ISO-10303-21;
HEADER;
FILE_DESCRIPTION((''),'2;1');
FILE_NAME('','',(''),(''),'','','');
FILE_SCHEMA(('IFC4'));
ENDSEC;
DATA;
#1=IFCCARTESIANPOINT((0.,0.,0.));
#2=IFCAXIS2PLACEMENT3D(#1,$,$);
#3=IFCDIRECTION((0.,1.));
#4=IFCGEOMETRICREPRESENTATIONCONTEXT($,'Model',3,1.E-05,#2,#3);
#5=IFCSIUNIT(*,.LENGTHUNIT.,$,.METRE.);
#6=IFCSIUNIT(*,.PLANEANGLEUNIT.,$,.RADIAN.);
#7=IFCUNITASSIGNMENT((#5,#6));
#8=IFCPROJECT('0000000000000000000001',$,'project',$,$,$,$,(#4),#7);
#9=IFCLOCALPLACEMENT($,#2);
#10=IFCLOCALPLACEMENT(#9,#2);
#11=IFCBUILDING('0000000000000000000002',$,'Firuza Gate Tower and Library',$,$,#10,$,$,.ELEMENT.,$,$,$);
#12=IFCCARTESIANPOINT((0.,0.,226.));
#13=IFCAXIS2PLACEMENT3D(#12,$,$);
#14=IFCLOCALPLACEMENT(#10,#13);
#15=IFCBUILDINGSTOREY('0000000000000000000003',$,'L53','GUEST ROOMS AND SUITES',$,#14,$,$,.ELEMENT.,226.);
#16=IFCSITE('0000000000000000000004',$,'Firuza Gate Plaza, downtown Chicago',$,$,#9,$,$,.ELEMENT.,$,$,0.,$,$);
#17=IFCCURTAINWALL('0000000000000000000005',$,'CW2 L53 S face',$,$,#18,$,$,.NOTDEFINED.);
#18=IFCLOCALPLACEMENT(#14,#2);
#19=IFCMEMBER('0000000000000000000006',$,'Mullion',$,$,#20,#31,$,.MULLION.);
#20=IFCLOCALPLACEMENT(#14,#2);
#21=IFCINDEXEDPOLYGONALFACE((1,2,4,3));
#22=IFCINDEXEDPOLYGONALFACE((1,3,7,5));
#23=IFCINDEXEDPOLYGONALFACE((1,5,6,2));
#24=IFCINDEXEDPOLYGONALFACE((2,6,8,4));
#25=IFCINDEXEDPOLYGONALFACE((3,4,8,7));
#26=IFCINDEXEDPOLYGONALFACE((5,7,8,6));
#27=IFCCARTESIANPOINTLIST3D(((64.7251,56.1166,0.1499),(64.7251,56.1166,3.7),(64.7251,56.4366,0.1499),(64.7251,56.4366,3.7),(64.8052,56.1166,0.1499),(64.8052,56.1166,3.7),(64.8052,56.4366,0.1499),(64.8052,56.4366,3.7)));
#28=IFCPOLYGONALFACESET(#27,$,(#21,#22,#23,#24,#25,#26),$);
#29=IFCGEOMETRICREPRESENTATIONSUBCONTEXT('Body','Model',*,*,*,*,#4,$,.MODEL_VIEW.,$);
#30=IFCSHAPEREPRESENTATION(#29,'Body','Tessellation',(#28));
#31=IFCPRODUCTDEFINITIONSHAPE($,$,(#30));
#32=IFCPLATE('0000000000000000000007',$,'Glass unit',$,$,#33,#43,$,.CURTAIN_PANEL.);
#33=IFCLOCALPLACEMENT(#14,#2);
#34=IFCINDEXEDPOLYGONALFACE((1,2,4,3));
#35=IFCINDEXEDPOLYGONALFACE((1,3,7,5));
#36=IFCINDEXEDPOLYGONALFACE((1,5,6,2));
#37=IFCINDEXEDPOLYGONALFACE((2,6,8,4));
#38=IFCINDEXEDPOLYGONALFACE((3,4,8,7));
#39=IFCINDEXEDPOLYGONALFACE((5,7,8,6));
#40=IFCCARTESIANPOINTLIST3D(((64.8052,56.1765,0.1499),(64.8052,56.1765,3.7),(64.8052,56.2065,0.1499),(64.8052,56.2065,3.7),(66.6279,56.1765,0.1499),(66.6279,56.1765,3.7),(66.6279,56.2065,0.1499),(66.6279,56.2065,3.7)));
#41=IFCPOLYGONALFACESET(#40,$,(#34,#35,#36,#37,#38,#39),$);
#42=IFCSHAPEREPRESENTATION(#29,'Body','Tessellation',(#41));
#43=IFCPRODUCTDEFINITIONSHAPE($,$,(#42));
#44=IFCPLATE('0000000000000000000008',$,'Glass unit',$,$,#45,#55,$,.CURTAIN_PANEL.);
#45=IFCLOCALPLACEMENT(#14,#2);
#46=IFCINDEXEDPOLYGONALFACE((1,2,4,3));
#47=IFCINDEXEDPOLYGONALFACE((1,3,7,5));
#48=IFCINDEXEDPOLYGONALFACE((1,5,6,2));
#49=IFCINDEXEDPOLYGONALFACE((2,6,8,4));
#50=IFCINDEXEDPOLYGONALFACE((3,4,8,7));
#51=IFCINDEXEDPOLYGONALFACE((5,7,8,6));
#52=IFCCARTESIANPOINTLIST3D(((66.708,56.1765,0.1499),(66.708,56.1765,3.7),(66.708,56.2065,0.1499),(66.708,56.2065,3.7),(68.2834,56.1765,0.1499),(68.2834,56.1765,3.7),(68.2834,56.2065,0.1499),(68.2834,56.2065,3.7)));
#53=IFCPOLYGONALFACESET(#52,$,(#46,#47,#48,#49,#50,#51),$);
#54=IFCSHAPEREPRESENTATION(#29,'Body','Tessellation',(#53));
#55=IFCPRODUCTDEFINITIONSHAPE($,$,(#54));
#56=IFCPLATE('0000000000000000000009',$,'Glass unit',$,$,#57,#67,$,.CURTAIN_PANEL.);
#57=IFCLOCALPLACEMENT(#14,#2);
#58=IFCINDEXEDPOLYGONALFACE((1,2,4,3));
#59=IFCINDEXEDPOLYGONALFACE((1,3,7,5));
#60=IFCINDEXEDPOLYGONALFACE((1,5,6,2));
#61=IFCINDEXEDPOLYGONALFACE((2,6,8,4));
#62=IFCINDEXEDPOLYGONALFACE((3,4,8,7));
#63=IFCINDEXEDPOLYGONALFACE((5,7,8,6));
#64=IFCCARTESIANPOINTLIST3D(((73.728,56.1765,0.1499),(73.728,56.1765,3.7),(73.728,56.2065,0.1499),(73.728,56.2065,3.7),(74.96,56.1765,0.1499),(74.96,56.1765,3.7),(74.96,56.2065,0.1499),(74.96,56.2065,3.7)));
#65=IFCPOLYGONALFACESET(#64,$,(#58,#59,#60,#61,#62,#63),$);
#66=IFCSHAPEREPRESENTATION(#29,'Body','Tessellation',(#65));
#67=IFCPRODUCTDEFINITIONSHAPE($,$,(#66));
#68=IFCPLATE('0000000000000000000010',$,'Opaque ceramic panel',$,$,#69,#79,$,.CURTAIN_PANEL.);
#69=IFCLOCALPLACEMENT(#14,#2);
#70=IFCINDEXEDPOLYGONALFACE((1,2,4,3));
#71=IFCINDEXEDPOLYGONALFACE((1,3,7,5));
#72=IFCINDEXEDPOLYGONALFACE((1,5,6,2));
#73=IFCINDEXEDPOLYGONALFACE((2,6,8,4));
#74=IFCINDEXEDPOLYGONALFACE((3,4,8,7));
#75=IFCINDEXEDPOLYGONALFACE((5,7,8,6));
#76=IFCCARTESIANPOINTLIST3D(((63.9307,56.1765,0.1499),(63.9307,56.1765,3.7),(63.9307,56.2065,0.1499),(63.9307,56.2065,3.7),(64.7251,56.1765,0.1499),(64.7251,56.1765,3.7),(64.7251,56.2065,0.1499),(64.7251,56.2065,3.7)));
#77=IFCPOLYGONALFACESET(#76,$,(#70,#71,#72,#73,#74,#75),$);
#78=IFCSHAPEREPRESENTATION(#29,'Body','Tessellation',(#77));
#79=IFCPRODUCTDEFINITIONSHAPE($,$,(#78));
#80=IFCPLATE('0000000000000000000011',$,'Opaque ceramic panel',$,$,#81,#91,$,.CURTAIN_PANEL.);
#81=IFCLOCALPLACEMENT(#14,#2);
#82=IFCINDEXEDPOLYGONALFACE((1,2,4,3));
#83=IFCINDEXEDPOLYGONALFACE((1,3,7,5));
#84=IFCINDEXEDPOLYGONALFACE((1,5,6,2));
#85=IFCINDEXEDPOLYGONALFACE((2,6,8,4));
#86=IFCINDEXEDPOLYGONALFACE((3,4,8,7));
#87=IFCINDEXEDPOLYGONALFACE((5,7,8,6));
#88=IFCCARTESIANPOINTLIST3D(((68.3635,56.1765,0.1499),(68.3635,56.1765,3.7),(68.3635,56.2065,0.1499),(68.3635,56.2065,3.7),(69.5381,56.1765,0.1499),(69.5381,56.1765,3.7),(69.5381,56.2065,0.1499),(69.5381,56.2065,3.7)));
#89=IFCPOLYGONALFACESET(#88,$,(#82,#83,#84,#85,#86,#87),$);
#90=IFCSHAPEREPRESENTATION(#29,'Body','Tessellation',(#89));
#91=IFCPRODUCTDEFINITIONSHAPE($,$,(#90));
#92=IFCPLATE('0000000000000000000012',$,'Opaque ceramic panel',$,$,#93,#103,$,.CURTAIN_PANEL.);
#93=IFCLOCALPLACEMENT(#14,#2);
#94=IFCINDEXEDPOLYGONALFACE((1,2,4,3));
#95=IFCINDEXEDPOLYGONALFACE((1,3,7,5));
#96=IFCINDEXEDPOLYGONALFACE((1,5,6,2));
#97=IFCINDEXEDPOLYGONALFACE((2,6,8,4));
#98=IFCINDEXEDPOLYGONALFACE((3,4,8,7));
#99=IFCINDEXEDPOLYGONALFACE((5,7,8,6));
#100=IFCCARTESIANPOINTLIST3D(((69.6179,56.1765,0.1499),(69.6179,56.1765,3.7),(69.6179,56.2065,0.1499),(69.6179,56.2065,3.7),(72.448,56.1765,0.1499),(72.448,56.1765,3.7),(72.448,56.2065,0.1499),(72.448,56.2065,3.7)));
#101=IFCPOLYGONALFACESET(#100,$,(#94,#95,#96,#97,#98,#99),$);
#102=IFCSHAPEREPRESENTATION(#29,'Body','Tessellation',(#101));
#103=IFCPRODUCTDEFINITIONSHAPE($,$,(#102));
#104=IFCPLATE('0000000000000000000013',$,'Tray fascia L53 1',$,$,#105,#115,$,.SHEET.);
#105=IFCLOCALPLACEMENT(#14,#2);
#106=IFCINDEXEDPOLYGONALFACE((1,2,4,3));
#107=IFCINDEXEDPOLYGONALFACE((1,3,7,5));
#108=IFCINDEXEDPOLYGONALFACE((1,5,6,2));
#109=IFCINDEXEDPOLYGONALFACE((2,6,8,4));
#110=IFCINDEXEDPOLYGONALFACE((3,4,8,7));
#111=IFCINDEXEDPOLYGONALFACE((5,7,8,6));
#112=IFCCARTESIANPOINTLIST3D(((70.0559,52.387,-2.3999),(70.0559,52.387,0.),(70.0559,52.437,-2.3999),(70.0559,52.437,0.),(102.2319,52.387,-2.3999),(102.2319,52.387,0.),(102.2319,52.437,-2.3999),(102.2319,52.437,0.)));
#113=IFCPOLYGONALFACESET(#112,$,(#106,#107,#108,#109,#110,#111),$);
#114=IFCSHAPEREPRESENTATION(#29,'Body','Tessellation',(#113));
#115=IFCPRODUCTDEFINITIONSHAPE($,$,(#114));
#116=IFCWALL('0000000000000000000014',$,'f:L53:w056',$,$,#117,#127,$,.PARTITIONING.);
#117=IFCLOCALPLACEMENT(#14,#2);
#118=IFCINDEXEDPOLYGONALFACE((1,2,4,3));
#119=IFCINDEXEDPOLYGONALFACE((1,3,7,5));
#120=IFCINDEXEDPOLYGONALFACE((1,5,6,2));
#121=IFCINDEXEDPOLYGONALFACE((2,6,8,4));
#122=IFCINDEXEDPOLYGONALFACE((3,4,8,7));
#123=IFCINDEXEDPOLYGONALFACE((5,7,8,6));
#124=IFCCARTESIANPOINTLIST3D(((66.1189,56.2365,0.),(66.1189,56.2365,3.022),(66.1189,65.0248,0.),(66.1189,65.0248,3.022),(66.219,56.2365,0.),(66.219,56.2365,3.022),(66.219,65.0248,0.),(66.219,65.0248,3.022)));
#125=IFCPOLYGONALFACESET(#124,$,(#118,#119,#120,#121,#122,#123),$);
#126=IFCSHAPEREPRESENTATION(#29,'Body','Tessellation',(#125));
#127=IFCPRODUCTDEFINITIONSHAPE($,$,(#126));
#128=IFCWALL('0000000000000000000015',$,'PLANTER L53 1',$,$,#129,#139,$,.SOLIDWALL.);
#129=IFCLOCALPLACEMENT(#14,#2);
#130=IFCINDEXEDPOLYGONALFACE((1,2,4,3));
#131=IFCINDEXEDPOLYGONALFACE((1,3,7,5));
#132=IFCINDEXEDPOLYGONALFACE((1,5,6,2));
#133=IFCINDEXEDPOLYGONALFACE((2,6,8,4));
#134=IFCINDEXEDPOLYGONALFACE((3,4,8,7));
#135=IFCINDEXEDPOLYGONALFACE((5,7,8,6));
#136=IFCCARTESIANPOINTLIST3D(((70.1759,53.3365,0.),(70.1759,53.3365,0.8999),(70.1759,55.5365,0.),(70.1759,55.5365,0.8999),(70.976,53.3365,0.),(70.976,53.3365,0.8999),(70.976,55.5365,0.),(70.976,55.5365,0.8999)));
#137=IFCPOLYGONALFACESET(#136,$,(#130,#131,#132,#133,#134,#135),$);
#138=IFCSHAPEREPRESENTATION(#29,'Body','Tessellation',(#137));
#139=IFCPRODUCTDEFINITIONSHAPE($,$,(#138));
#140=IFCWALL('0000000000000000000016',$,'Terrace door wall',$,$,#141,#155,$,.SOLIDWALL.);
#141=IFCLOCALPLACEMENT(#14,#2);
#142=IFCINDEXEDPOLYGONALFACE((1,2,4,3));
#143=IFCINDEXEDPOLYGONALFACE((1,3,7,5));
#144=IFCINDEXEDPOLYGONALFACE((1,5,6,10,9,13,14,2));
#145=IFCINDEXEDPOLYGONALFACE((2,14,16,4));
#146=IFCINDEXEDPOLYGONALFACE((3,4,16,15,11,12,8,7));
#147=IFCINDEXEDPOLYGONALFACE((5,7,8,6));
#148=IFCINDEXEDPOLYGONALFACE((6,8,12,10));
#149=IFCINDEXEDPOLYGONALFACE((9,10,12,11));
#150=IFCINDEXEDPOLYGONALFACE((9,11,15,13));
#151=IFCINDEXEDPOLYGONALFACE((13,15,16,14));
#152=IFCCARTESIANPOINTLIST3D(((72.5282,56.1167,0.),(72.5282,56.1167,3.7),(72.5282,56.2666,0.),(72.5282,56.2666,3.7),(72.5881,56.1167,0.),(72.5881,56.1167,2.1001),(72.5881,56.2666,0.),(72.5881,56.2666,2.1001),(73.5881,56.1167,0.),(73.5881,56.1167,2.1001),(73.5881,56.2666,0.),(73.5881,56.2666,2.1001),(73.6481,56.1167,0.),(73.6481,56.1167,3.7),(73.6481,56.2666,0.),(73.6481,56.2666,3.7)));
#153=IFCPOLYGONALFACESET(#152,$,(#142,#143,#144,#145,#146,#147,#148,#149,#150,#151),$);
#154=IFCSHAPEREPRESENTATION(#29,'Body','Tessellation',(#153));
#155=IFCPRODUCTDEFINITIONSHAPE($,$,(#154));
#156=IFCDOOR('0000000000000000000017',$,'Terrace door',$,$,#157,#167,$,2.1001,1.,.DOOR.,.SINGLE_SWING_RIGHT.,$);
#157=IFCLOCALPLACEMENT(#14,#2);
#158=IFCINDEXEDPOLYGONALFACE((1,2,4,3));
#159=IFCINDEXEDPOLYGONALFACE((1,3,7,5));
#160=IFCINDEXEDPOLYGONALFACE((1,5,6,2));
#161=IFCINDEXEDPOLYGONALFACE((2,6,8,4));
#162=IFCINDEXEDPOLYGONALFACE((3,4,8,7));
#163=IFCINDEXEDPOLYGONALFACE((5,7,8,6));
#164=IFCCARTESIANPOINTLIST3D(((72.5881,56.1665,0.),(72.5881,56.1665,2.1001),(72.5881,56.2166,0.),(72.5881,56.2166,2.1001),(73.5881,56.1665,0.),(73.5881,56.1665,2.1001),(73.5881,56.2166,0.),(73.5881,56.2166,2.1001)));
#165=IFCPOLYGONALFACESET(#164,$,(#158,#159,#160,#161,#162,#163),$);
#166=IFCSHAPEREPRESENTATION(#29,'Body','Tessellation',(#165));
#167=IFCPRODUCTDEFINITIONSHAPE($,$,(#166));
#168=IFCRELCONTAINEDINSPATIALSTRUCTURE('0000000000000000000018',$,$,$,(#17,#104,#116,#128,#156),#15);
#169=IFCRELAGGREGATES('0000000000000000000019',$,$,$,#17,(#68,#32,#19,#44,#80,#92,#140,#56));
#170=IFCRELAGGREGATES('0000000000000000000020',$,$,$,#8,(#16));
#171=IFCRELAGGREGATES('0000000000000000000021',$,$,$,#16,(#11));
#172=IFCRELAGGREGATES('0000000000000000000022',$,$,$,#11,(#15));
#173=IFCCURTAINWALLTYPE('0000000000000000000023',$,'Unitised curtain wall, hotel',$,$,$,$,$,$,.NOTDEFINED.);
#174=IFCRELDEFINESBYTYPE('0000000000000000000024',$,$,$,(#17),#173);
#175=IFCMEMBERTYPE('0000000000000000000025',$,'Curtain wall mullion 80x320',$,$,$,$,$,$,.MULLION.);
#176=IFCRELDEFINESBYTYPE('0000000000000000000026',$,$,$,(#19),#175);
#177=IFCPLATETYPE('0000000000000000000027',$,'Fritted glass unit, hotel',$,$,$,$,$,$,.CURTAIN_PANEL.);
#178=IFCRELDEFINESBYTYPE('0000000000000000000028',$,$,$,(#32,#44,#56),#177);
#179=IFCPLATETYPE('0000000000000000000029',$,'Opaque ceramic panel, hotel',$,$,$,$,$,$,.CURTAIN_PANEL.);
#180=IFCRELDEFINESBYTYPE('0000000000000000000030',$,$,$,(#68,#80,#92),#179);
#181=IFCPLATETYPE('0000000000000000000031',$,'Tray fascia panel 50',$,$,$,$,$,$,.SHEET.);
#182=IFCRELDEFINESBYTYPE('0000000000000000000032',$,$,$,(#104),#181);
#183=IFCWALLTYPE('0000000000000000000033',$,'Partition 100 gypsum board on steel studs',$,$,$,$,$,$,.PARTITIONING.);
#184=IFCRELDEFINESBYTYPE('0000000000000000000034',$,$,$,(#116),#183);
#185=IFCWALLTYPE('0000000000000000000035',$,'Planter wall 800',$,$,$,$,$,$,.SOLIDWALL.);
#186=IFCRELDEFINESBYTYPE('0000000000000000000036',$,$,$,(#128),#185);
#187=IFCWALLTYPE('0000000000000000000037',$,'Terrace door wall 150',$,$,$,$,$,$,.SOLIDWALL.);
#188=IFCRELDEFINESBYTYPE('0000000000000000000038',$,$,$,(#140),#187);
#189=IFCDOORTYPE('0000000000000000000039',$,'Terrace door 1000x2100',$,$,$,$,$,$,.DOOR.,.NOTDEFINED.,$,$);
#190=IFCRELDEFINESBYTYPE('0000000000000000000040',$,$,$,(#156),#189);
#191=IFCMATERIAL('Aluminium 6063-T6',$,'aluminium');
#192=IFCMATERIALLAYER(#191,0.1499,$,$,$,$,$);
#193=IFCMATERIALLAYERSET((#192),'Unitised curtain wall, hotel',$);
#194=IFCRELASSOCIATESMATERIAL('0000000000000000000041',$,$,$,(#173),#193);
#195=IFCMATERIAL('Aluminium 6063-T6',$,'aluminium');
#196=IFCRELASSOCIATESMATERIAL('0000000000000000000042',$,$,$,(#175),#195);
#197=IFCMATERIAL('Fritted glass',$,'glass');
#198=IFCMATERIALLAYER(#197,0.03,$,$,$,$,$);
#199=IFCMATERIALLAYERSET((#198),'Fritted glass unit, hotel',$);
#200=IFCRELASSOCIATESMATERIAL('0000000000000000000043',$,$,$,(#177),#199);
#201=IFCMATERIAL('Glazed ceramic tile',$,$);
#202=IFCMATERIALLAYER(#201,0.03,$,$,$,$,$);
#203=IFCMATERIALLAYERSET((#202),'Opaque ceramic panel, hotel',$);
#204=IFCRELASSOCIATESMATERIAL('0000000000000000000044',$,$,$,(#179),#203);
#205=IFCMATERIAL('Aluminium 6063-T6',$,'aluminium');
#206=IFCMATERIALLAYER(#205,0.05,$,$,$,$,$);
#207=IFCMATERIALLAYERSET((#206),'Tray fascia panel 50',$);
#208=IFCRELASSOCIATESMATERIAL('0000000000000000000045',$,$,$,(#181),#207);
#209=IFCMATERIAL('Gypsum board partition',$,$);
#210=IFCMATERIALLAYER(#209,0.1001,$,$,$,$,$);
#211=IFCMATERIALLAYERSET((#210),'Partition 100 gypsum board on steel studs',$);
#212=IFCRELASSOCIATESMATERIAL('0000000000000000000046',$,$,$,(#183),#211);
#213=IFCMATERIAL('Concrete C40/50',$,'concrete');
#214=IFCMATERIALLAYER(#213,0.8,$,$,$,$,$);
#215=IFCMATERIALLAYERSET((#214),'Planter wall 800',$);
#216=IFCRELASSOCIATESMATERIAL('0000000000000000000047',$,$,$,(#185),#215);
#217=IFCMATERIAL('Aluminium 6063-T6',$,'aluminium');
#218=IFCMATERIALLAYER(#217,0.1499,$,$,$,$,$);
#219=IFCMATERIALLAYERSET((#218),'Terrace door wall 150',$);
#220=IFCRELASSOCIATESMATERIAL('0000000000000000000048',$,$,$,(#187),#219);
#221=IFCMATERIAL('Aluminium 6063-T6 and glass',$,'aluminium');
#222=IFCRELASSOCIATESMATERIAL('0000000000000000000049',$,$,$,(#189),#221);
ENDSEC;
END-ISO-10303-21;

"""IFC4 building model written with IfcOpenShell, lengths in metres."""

from ifc_helpers import new_model, si_unit, direction, frame, frame_2d, origin, origin_2d, place, context, subcontext, project, spatial, polyline, rectangle, outline, extrude, material, layer, layer_set, material_profile, profile_set, type_object, element, fill, aggregate, save


model = new_model("IFC4")

# Units and contexts
model_context = context("Model", 3, precision=1e-05, world=origin(), true_north=direction((0.0, 1.0)))
body_context = subcontext(model_context, "Body", "Model", "MODEL_VIEW")
ifc_project = project(units=[si_unit("LENGTHUNIT", "METRE"), si_unit("PLANEANGLEUNIT", "RADIAN")], contexts=[model_context])

# Site, building, storey
site_placement = place(None, origin())
site = spatial("IfcSite", under=ifc_project, at=site_placement, Name="Firuza Gate Plaza, downtown Chicago", CompositionType="ELEMENT", RefElevation=0.0)
building_placement = place(site_placement, origin())
building = spatial("IfcBuilding", under=site, at=building_placement, Name="Firuza Gate Tower and Library", CompositionType="ELEMENT")
storey_placement = place(building_placement, frame((0.0, 0.0, 226.0)))
storey = spatial("IfcBuildingStorey", under=building, at=storey_placement, Name="L53", Description="GUEST ROOMS AND SUITES", CompositionType="ELEMENT", Elevation=226.0)

# Curtain wall, member, plates
ifc_material_1 = material(Name="Aluminium 6063-T6", Category="aluminium")
ifc_layer_1 = layer(ifc_material_1, 0.1499)
ifc_layer_set_1 = layer_set([ifc_layer_1], Name="Unitised curtain wall, hotel")
curtain_wall_type = type_object("IfcCurtainWallType", Name="Unitised curtain wall, hotel", PredefinedType="NOTDEFINED", material=ifc_layer_set_1)
placement = place(storey_placement, origin())
curtain_wall = element("IfcCurtainWall", 1, at=placement, inside=storey, type_object=curtain_wall_type, Name="CW2 L53 S face", PredefinedType="NOTDEFINED")
ifc_material_2 = material(Name="Aluminium 6063-T6", Category="aluminium")
ifc_material_profile = material_profile(ifc_material_2, rectangle(XDim=0.3201, YDim=0.0801, at=origin_2d()))
ifc_profile_set = profile_set([ifc_material_profile], Name="Aluminium 6063-T6")
member_type = type_object("IfcMemberType", Name="Curtain wall mullion 80x320", PredefinedType="MULLION", material=ifc_profile_set)
member_placement = place(storey_placement, frame((64.7651, 56.2766, 0.1499), z_axis=(0.0, 0.0, 1.0), x_axis=(0.0, 1.0, 0.0)))
member = element("IfcMember", 2, at=member_placement, type_object=member_type, Name="Mullion", PredefinedType="MULLION", context=body_context, shape_type="SweptSolid", body=[
    extrude(rectangle(XDim=0.3201, YDim=0.0801, at=origin_2d()), origin(), (0.0, 0.0, 1.0), 3.55),
])
ifc_material_3 = material(Name="Fritted glass", Category="glass")
ifc_layer_2 = layer(ifc_material_3, 0.03)
ifc_layer_set_2 = layer_set([ifc_layer_2], Name="Fritted glass unit, hotel")
plate_type_1 = type_object("IfcPlateType", Name="Fritted glass unit, hotel", PredefinedType="CURTAIN_PANEL", material=ifc_layer_set_2)
plate_1_placement = place(storey_placement, frame((64.8052, 56.1765, 0.1499), z_axis=(0.0, -1.0, 0.0), x_axis=(1.0, 0.0, 0.0)))
plate_1 = element("IfcPlate", 3, at=plate_1_placement, type_object=plate_type_1, Name="Glass unit", PredefinedType="CURTAIN_PANEL", context=body_context, shape_type="SweptSolid", body=[
    extrude(outline(polyline([(0.0, 0.0), (1.8228, 0.0), (1.8228, 3.55), (0.0, 3.55), (0.0, 0.0)])), origin(), (0.0, 0.0, -1.0), 0.03),
])
plate_2_placement = place(storey_placement, frame((66.708, 56.1765, 0.1499), z_axis=(0.0, -1.0, 0.0), x_axis=(1.0, 0.0, 0.0)))
plate_2 = element("IfcPlate", 4, at=plate_2_placement, type_object=plate_type_1, Name="Glass unit", PredefinedType="CURTAIN_PANEL", context=body_context, shape_type="SweptSolid", body=[
    extrude(outline(polyline([(0.0, 0.0), (1.5754, 0.0), (1.5754, 3.55), (0.0, 3.55), (0.0, 0.0)])), origin(), (0.0, 0.0, -1.0), 0.03),
])
plate_3_placement = place(storey_placement, frame((73.728, 56.1765, 0.1499), z_axis=(0.0, -1.0, 0.0), x_axis=(1.0, 0.0, 0.0)))
plate_3 = element("IfcPlate", 5, at=plate_3_placement, type_object=plate_type_1, Name="Glass unit", PredefinedType="CURTAIN_PANEL", context=body_context, shape_type="SweptSolid", body=[
    extrude(outline(polyline([(0.0, 0.0), (1.2319, 0.0), (1.2319, 3.55), (0.0, 3.55), (0.0, 0.0)])), origin(), (0.0, 0.0, -1.0), 0.03),
])
ifc_material_4 = material(Name="Glazed ceramic tile")
ifc_layer_3 = layer(ifc_material_4, 0.03)
ifc_layer_set_3 = layer_set([ifc_layer_3], Name="Opaque ceramic panel, hotel")
plate_type_2 = type_object("IfcPlateType", Name="Opaque ceramic panel, hotel", PredefinedType="CURTAIN_PANEL", material=ifc_layer_set_3)
plate_4_placement = place(storey_placement, frame((63.9307, 56.1765, 0.1499), z_axis=(0.0, -1.0, 0.0), x_axis=(1.0, 0.0, 0.0)))
plate_4 = element("IfcPlate", 6, at=plate_4_placement, type_object=plate_type_2, Name="Opaque ceramic panel", PredefinedType="CURTAIN_PANEL", context=body_context, shape_type="SweptSolid", body=[
    extrude(outline(polyline([(0.0, 0.0), (0.7944, 0.0), (0.7944, 3.55), (0.0, 3.55), (0.0, 0.0)])), origin(), (0.0, 0.0, -1.0), 0.03),
])
plate_5_placement = place(storey_placement, frame((68.3635, 56.1765, 0.1499), z_axis=(0.0, -1.0, 0.0), x_axis=(1.0, 0.0, 0.0)))
plate_5 = element("IfcPlate", 7, at=plate_5_placement, type_object=plate_type_2, Name="Opaque ceramic panel", PredefinedType="CURTAIN_PANEL", context=body_context, shape_type="SweptSolid", body=[
    extrude(outline(polyline([(0.0, 0.0), (1.1746, 0.0), (1.1746, 3.55), (0.0, 3.55), (0.0, 0.0)])), origin(), (0.0, 0.0, -1.0), 0.03),
])
plate_6_placement = place(storey_placement, frame((69.6179, 56.1765, 0.1499), z_axis=(0.0, -1.0, 0.0), x_axis=(1.0, 0.0, 0.0)))
plate_6 = element("IfcPlate", 8, at=plate_6_placement, type_object=plate_type_2, Name="Opaque ceramic panel", PredefinedType="CURTAIN_PANEL", context=body_context, shape_type="SweptSolid", body=[
    extrude(outline(polyline([(0.0, 0.0), (2.8301, 0.0), (2.8301, 3.55), (0.0, 3.55), (0.0, 0.0)])), origin(), (0.0, 0.0, -1.0), 0.03),
])

# Plate
ifc_material_5 = material(Name="Aluminium 6063-T6", Category="aluminium")
ifc_layer_4 = layer(ifc_material_5, 0.05)
ifc_layer_set_4 = layer_set([ifc_layer_4], Name="Tray fascia panel 50")
plate_type_3 = type_object("IfcPlateType", Name="Tray fascia panel 50", PredefinedType="SHEET", material=ifc_layer_set_4)
plate_7_placement = place(storey_placement, frame((70.0559, 52.387, -2.3999), z_axis=(0.0, -1.0, 0.0), x_axis=(1.0, 0.0, 0.0)))
element("IfcPlate", 9, at=plate_7_placement, inside=storey, type_object=plate_type_3, Name="Tray fascia L53 1", PredefinedType="SHEET", context=body_context, shape_type="SweptSolid", body=[
    extrude(outline(polyline([(0.0, 0.0), (32.176, 0.0), (32.176, 2.3999), (0.0, 2.3999), (0.0, 0.0)])), origin(), (0.0, 0.0, -1.0), 0.05),
])

# Walls
ifc_material_6 = material(Name="Gypsum board partition")
ifc_layer_5 = layer(ifc_material_6, 0.1001)
ifc_layer_set_5 = layer_set([ifc_layer_5], Name="Partition 100 gypsum board on steel studs")
wall_type_1 = type_object("IfcWallType", Name="Partition 100 gypsum board on steel studs", PredefinedType="PARTITIONING", material=ifc_layer_set_5)
wall_1_placement = place(storey_placement, frame((66.1689, 56.2366, 0.0), z_axis=(0.0, 0.0, 1.0), x_axis=(0.0, 1.0, 0.0)))
element("IfcWall", 10, at=wall_1_placement, inside=storey, type_object=wall_type_1, Name="f:L53:w056", PredefinedType="PARTITIONING", context=body_context, shape_type="SweptSolid", body=[
    extrude(rectangle(XDim=8.7883, YDim=0.1001, at=frame_2d((4.394, 0.0))), origin(), (0.0, 0.0, 1.0), 3.022),
])
ifc_material_7 = material(Name="Concrete C40/50", Category="concrete")
ifc_layer_6 = layer(ifc_material_7, 0.8)
ifc_layer_set_6 = layer_set([ifc_layer_6], Name="Planter wall 800")
wall_type_2 = type_object("IfcWallType", Name="Planter wall 800", PredefinedType="SOLIDWALL", material=ifc_layer_set_6)
wall_2_placement = place(storey_placement, frame((70.5759, 55.5366, 0.0), z_axis=(0.0, 0.0, 1.0), x_axis=(0.0, -1.0, 0.0)))
element("IfcWall", 11, at=wall_2_placement, inside=storey, type_object=wall_type_2, Name="PLANTER L53 1", PredefinedType="SOLIDWALL", context=body_context, shape_type="SweptSolid", body=[
    extrude(rectangle(XDim=2.2, YDim=0.8, at=frame_2d((1.1001, 0.0))), origin(), (0.0, 0.0, 1.0), 0.8999),
])

# Wall, opening, door
ifc_material_8 = material(Name="Aluminium 6063-T6", Category="aluminium")
ifc_layer_7 = layer(ifc_material_8, 0.1499)
ifc_layer_set_7 = layer_set([ifc_layer_7], Name="Terrace door wall 150")
wall_type_3 = type_object("IfcWallType", Name="Terrace door wall 150", PredefinedType="SOLIDWALL", material=ifc_layer_set_7)
wall_3_placement = place(storey_placement, frame((72.5281, 56.1917, 0.0), z_axis=(0.0, 0.0, 1.0), x_axis=(1.0, 0.0, 0.0)))
wall_3 = element("IfcWall", 12, at=wall_3_placement, type_object=wall_type_3, Name="Terrace door wall", PredefinedType="SOLIDWALL", context=body_context, shape_type="SweptSolid", body=[
    extrude(rectangle(XDim=1.1199, YDim=0.1499, at=frame_2d((0.5601, 0.0))), origin(), (0.0, 0.0, 1.0), 3.7),
])
opening_placement = place(wall_3_placement, frame((0.0601, 0.0, 0.0)))
opening = element("IfcOpeningElement", 13, at=opening_placement, cuts=wall_3, PredefinedType="OPENING", context=body_context, shape_type="SweptSolid", body=[
    extrude(rectangle(XDim=1.0, YDim=2.1001, at=frame_2d((0.5, 1.05))), frame((0.0, 0.085, 0.0), z_axis=(0.0, -1.0, 0.0), x_axis=(1.0, 0.0, 0.0)), (0.0, 0.0, 1.0), 0.1699),
])
ifc_material_9 = material(Name="Aluminium 6063-T6 and glass", Category="aluminium")
door_type = type_object("IfcDoorType", Name="Terrace door 1000x2100", OperationType="NOTDEFINED", PredefinedType="DOOR", material=ifc_material_9)
door_placement = place(opening_placement, origin())
door = element("IfcDoor", 14, at=door_placement, inside=storey, type_object=door_type, Name="Terrace door", OperationType="SINGLE_SWING_RIGHT", OverallHeight=2.1001, OverallWidth=1.0, PredefinedType="DOOR", context=body_context, shape_type="SweptSolid", body=[
    extrude(rectangle(XDim=1.0, YDim=2.1001, at=frame_2d((0.5, 1.05))), frame((0.0, 0.0249, 0.0), z_axis=(0.0, -1.0, 0.0), x_axis=(1.0, 0.0, 0.0)), (0.0, 0.0, 1.0), 0.05),
])
fill(opening, door)
aggregate(curtain_wall, [plate_4, plate_1, member, plate_2, plate_5, plate_6, wall_3, plate_3])

save(model, "model.ifc")
